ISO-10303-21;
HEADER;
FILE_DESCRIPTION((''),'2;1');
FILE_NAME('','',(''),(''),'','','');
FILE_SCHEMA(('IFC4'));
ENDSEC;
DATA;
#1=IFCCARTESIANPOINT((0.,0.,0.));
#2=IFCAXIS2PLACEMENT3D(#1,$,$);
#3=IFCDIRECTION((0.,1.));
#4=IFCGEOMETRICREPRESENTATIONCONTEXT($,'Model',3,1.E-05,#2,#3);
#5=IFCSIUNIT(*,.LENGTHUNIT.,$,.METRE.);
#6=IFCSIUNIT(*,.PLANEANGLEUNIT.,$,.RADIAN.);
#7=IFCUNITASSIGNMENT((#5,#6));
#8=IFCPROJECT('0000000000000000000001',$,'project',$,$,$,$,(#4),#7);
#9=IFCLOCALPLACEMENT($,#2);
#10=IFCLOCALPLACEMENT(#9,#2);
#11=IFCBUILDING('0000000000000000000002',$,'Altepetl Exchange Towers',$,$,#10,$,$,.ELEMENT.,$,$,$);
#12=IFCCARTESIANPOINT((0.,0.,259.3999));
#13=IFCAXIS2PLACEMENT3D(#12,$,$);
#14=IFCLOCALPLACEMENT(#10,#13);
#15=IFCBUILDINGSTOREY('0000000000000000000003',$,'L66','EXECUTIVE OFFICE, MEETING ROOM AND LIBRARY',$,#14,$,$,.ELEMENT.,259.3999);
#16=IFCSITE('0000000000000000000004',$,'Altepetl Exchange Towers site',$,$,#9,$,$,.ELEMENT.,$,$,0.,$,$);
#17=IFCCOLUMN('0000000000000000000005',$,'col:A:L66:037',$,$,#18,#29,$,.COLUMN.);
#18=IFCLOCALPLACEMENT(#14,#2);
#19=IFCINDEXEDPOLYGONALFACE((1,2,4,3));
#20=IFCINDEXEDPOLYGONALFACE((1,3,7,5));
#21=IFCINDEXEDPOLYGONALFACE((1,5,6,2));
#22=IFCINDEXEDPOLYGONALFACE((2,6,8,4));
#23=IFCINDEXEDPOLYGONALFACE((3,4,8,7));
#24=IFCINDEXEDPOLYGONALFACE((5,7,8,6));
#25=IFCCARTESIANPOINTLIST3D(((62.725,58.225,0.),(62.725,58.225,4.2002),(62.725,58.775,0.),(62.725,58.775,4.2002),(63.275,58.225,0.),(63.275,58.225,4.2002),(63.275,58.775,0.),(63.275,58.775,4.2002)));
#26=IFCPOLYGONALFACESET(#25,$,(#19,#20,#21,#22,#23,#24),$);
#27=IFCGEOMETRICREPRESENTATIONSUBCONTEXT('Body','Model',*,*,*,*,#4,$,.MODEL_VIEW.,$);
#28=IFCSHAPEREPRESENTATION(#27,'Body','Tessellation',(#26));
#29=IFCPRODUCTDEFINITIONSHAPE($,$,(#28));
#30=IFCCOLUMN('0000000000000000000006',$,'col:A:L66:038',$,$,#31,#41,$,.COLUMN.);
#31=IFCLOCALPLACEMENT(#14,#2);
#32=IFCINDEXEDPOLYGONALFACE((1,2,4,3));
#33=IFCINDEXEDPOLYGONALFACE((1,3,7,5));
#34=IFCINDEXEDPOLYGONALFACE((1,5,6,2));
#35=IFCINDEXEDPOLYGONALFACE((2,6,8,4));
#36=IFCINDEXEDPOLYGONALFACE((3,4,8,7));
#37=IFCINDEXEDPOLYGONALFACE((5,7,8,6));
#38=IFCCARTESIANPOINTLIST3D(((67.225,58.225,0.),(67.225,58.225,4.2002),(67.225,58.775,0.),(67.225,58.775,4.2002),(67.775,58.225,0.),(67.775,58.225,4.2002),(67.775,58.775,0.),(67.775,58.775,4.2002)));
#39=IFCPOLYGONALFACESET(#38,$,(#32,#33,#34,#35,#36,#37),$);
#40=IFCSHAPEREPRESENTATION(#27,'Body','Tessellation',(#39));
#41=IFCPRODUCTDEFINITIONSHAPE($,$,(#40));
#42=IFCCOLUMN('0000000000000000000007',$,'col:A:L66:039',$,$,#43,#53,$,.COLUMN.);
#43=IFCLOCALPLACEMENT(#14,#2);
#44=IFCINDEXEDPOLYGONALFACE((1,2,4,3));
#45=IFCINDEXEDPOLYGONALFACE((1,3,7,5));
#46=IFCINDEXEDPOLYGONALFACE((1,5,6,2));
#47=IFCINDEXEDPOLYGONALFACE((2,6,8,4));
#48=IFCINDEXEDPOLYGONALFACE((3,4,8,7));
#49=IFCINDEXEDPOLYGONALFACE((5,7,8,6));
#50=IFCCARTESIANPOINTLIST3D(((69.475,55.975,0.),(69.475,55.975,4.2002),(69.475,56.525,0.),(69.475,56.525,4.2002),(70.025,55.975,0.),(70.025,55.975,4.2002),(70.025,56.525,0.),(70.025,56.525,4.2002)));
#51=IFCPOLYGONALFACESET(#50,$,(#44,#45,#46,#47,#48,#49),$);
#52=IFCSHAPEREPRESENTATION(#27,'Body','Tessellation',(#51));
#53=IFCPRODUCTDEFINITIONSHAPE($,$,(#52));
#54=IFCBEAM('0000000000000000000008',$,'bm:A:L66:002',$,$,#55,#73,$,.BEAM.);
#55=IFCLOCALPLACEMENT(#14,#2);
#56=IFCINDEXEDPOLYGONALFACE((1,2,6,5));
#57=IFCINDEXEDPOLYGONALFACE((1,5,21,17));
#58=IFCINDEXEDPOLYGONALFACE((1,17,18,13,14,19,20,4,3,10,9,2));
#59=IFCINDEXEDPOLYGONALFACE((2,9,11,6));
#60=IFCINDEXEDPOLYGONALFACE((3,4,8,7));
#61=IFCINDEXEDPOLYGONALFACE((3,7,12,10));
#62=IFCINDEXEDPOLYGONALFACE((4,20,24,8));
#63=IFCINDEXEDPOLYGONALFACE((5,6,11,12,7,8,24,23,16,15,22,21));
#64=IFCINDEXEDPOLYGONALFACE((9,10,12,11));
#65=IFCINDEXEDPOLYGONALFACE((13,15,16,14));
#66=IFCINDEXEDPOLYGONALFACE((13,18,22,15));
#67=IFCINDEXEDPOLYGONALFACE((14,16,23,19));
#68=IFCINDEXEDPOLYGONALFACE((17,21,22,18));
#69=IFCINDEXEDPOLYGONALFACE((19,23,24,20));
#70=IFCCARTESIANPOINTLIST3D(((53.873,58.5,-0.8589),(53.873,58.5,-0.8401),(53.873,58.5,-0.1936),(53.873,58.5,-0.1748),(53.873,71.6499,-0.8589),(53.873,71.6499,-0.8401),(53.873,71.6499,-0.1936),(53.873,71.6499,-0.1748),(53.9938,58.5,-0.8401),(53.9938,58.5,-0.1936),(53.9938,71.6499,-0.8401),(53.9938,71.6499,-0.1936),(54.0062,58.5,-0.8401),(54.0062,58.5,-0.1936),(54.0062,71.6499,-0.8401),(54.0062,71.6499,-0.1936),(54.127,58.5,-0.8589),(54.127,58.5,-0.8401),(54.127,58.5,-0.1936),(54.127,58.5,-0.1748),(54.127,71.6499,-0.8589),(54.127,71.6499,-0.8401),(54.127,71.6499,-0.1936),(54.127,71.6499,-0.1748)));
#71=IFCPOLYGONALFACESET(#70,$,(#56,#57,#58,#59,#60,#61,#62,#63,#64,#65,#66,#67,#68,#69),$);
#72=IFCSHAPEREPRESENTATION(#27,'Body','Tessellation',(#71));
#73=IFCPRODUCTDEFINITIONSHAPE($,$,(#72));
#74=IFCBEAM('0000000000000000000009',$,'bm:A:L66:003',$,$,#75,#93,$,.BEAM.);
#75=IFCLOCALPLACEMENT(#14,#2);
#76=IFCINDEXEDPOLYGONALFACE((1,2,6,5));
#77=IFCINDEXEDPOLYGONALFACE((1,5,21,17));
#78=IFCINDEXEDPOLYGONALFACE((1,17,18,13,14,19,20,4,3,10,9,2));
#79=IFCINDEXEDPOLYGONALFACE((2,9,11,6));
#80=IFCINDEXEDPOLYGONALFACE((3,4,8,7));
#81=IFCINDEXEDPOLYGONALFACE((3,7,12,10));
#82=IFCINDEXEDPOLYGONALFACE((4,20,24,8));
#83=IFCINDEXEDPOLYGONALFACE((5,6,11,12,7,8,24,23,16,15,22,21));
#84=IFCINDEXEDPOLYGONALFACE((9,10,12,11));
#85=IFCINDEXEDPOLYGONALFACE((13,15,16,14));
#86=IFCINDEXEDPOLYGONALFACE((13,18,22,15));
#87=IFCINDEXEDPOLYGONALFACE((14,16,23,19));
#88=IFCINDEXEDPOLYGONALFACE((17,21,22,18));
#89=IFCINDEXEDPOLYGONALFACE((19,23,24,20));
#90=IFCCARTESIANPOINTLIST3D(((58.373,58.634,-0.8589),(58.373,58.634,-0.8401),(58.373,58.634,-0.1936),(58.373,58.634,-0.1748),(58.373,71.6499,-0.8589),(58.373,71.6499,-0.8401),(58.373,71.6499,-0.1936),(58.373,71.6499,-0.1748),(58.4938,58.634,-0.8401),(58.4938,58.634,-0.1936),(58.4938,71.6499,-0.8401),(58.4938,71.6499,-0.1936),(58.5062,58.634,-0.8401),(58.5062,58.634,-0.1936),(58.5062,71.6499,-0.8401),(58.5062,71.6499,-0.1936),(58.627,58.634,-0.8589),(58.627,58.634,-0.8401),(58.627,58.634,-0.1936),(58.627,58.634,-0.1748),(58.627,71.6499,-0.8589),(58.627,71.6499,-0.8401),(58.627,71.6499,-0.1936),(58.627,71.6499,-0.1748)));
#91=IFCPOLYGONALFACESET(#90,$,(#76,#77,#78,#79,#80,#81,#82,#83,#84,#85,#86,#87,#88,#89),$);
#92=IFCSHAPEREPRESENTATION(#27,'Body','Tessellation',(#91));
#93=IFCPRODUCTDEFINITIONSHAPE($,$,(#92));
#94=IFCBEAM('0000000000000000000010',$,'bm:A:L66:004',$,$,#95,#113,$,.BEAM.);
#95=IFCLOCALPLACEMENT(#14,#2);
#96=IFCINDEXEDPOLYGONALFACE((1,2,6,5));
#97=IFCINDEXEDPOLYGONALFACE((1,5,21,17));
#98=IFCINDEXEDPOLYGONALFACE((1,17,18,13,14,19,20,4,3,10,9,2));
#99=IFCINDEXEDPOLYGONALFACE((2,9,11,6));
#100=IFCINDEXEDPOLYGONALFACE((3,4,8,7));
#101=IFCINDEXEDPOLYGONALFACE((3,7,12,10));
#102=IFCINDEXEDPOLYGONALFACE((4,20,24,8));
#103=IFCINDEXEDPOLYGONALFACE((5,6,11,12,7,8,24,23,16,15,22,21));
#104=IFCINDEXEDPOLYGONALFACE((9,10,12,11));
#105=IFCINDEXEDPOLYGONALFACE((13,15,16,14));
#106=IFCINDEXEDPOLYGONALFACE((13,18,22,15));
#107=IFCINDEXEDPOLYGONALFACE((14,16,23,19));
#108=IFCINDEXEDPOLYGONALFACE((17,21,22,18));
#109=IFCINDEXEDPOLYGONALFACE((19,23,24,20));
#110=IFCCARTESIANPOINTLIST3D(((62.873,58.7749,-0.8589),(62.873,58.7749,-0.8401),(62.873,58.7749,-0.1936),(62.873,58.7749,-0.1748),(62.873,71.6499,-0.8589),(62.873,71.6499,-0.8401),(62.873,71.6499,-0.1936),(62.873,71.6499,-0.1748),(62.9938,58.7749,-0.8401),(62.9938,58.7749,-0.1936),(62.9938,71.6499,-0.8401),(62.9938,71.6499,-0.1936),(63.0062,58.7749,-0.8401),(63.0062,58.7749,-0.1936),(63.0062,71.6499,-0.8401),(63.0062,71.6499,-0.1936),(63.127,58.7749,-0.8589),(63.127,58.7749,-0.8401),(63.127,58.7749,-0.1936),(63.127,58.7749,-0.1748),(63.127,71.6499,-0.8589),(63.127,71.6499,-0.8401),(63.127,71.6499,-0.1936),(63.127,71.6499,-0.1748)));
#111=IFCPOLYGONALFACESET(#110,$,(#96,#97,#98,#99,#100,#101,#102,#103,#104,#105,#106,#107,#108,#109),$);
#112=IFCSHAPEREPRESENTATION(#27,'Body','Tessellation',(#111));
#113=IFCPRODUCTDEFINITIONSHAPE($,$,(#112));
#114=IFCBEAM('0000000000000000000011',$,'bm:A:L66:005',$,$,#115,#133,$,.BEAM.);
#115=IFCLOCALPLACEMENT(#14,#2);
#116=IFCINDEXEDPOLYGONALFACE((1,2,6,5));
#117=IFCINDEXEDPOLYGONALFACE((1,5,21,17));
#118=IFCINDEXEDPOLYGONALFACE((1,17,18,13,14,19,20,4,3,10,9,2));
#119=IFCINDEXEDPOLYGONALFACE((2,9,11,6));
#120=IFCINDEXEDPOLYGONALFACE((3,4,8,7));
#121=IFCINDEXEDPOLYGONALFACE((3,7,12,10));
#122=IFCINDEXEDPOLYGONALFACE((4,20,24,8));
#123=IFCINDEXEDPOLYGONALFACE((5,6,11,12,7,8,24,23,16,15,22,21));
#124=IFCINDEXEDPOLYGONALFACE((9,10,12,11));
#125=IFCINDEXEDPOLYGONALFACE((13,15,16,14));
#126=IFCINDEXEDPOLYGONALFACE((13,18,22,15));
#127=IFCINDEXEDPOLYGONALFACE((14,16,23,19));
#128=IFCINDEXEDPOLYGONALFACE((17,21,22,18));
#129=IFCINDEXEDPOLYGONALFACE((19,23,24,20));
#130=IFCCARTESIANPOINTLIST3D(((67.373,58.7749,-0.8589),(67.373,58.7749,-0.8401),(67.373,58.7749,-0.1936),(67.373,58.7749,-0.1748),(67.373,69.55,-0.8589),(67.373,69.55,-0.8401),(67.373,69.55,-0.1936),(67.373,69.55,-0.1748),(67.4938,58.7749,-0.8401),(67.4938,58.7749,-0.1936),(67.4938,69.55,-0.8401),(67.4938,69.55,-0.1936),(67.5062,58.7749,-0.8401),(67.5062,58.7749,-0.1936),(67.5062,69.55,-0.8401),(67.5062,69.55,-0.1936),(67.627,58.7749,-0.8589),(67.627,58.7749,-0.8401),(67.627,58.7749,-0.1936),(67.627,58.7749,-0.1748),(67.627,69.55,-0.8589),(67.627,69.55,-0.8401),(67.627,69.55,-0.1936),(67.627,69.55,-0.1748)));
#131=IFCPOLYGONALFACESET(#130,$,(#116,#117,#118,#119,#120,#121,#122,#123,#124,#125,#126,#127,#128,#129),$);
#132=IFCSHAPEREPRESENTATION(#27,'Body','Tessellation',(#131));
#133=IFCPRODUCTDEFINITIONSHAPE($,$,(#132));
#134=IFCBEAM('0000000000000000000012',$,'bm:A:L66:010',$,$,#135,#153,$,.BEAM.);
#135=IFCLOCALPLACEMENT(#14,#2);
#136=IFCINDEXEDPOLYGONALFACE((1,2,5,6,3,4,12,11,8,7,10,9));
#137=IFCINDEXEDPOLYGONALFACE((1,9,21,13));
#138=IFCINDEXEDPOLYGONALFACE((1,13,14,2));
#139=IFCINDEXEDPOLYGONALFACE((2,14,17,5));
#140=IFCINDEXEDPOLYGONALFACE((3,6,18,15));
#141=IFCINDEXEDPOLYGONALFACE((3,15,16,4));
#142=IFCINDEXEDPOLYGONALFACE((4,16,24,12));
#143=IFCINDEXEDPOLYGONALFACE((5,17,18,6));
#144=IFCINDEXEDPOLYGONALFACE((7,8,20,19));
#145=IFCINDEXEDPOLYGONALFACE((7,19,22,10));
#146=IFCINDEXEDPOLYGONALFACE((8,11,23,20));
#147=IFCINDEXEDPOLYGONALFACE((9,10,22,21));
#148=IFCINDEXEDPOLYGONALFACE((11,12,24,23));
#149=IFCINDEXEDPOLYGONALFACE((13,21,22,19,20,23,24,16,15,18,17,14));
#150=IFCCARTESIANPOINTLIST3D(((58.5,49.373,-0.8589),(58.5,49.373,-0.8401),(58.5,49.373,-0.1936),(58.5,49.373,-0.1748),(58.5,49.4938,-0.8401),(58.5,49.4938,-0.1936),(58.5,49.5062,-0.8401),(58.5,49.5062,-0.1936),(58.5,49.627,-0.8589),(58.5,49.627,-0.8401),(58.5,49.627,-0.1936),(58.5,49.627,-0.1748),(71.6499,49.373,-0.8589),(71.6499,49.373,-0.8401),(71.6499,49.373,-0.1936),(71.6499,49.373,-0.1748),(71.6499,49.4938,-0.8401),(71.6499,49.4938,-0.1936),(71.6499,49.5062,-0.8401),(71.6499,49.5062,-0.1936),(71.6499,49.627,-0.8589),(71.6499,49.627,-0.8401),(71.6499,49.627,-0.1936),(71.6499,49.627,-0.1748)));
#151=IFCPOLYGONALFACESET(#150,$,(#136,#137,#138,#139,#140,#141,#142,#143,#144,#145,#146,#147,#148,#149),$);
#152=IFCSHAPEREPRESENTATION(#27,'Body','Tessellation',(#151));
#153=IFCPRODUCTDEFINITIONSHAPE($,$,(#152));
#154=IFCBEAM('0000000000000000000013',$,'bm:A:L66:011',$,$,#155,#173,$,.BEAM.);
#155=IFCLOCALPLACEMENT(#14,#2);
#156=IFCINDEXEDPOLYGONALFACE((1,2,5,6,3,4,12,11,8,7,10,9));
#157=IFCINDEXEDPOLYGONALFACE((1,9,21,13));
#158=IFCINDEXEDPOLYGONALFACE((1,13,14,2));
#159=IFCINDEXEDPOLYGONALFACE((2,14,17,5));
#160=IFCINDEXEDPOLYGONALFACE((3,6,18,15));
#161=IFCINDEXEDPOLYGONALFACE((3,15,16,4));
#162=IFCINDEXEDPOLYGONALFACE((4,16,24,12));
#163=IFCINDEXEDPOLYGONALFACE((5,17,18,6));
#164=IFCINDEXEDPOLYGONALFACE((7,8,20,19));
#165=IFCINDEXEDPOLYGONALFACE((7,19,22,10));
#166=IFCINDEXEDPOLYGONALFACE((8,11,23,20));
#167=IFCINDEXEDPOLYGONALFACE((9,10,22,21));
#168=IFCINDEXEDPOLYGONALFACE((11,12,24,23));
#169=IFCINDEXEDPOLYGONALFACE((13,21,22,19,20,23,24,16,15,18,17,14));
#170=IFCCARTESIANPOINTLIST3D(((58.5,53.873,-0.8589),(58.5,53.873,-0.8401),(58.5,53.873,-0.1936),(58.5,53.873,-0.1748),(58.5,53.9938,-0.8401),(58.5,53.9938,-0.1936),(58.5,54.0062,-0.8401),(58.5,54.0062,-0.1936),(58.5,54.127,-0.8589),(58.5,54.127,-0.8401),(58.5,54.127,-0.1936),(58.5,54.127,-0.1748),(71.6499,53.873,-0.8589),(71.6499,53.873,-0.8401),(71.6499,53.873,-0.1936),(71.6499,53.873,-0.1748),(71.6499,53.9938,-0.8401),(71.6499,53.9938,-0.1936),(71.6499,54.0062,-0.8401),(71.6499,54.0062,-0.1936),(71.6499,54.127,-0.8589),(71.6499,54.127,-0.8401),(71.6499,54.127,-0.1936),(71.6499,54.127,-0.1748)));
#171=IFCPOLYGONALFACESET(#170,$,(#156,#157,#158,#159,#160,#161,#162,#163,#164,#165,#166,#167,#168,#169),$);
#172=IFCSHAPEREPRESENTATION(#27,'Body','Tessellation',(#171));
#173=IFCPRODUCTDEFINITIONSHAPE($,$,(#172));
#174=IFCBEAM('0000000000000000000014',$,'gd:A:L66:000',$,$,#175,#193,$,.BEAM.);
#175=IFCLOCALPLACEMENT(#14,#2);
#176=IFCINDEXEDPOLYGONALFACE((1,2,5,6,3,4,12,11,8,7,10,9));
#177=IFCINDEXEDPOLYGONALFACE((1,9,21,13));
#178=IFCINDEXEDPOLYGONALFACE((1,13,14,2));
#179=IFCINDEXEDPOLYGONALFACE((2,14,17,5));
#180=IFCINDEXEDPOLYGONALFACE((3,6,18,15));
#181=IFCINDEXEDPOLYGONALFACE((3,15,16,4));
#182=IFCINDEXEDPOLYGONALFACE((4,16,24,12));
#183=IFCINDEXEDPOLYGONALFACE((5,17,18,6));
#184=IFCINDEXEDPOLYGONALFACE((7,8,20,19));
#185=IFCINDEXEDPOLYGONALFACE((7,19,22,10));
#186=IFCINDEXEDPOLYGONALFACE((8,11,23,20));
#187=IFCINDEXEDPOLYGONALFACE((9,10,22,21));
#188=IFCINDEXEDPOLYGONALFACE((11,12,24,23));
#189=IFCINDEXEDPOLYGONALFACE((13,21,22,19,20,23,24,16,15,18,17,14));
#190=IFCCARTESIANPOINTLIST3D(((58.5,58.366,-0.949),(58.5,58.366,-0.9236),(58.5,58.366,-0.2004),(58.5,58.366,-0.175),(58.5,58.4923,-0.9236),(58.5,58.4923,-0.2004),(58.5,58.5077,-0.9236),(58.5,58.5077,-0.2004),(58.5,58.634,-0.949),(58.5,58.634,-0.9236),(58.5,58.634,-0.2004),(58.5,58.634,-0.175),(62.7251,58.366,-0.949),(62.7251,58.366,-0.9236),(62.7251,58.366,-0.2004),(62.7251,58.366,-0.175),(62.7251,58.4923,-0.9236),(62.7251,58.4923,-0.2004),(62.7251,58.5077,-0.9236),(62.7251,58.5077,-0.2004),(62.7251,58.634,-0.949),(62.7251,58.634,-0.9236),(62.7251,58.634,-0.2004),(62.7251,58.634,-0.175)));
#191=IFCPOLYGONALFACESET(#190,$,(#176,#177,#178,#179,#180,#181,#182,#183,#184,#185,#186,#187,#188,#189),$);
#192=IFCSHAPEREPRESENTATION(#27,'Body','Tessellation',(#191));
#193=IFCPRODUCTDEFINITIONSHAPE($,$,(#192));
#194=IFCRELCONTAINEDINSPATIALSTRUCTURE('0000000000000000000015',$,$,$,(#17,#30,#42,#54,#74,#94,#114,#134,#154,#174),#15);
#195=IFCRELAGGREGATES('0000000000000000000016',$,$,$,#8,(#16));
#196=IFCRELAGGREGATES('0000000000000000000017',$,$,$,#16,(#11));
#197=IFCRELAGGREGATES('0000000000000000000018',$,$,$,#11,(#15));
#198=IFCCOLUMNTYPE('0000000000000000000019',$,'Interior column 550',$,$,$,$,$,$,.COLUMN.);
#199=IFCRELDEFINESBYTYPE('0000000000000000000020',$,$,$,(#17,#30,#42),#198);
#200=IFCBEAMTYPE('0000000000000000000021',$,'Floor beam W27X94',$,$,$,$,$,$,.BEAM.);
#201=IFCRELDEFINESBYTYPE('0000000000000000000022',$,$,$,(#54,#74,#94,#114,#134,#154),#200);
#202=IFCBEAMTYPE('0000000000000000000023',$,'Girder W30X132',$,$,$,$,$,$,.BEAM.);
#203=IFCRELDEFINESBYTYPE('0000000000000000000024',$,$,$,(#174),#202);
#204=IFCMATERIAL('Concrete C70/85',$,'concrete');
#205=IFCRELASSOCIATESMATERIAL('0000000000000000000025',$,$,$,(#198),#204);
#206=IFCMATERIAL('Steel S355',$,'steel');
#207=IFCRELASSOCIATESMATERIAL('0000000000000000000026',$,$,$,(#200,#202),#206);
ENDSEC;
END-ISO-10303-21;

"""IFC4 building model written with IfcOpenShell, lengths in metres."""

from ifc_helpers import new_model, si_unit, direction, frame, origin, origin_2d, place, context, subcontext, project, spatial, rectangle, i_section, extrude, material, material_profile, profile_set, type_object, element, save


model = new_model("IFC4")

# Units and contexts
model_context = context("Model", 3, precision=1e-05, world=origin(), true_north=direction((0.0, 1.0)))
body_context = subcontext(model_context, "Body", "Model", "MODEL_VIEW")
ifc_project = project(units=[si_unit("LENGTHUNIT", "METRE"), si_unit("PLANEANGLEUNIT", "RADIAN")], contexts=[model_context])

# Site, building, storey
site_placement = place(None, origin())
site = spatial("IfcSite", under=ifc_project, at=site_placement, Name="Altepetl Exchange Towers site", CompositionType="ELEMENT", RefElevation=0.0)
building_placement = place(site_placement, origin())
building = spatial("IfcBuilding", under=site, at=building_placement, Name="Altepetl Exchange Towers", CompositionType="ELEMENT")
storey_placement = place(building_placement, frame((0.0, 0.0, 259.3999)))
storey = spatial("IfcBuildingStorey", under=building, at=storey_placement, Name="L66", Description="EXECUTIVE OFFICE, MEETING ROOM AND LIBRARY", CompositionType="ELEMENT", Elevation=259.3999)

# Columns
ifc_material_1 = material(Name="Concrete C70/85", Category="concrete")
ifc_material_profile_1 = material_profile(ifc_material_1, rectangle(XDim=0.55, YDim=0.55, at=origin_2d()), Name="550 x 550")
ifc_profile_set_1 = profile_set([ifc_material_profile_1], Name="Concrete C70/85")
column_type = type_object("IfcColumnType", Name="Interior column 550", PredefinedType="COLUMN", material=ifc_profile_set_1)
for number, where, name in (
    (1, (63.0, 58.5, 0.0), "col:A:L66:037"),
    (2, (67.5, 58.5, 0.0), "col:A:L66:038"),
    (3, (69.75, 56.25, 0.0), "col:A:L66:039"),
):
    element("IfcColumn", number, at=place(storey_placement, frame(where)), inside=storey, type_object=column_type, Name=name, PredefinedType="COLUMN", context=body_context, shape_type="SweptSolid", body=[
        extrude(rectangle(XDim=0.55, YDim=0.55, at=origin_2d()), origin(), (0.0, 0.0, 1.0), 4.2002),
    ])

# Beams
ifc_material_2 = material(Name="Steel S355", Category="steel")
ifc_material_profile_2 = material_profile(ifc_material_2, i_section(OverallWidth=0.2539, OverallDepth=0.6841, WebThickness=0.0125, FlangeThickness=0.0188, at=origin_2d()), Name="W27X94")
ifc_profile_set_2 = profile_set([ifc_material_profile_2], Name="Steel S355")
beam_type_1 = type_object("IfcBeamType", Name="Floor beam W27X94", PredefinedType="BEAM", material=ifc_profile_set_2)
beam_1_placement = place(storey_placement, frame((54.0, 58.5, -0.5168), z_axis=(0.0, 1.0, 0.0), x_axis=(-1.0, 0.0, 0.0)))
element("IfcBeam", 4, at=beam_1_placement, inside=storey, type_object=beam_type_1, Name="bm:A:L66:002", PredefinedType="BEAM", context=body_context, shape_type="SweptSolid", body=[
    extrude(i_section(OverallWidth=0.2539, OverallDepth=0.6841, WebThickness=0.0125, FlangeThickness=0.0188, at=origin_2d()), origin(), (0.0, 0.0, 1.0), 13.1499),
])
beam_2_placement = place(storey_placement, frame((58.5, 58.634, -0.5168), z_axis=(0.0, 1.0, 0.0), x_axis=(-1.0, 0.0, 0.0)))
element("IfcBeam", 5, at=beam_2_placement, inside=storey, type_object=beam_type_1, Name="bm:A:L66:003", PredefinedType="BEAM", context=body_context, shape_type="SweptSolid", body=[
    extrude(i_section(OverallWidth=0.2539, OverallDepth=0.6841, WebThickness=0.0125, FlangeThickness=0.0188, at=origin_2d()), origin(), (0.0, 0.0, 1.0), 13.0159),
])
beam_3_placement = place(storey_placement, frame((63.0, 58.7749, -0.5168), z_axis=(0.0, 1.0, 0.0), x_axis=(-1.0, 0.0, 0.0)))
element("IfcBeam", 6, at=beam_3_placement, inside=storey, type_object=beam_type_1, Name="bm:A:L66:004", PredefinedType="BEAM", context=body_context, shape_type="SweptSolid", body=[
    extrude(i_section(OverallWidth=0.2539, OverallDepth=0.6841, WebThickness=0.0125, FlangeThickness=0.0188, at=origin_2d()), origin(), (0.0, 0.0, 1.0), 12.875),
])
beam_4_placement = place(storey_placement, frame((67.5, 58.7749, -0.5168), z_axis=(0.0, 1.0, 0.0), x_axis=(-1.0, 0.0, 0.0)))
element("IfcBeam", 7, at=beam_4_placement, inside=storey, type_object=beam_type_1, Name="bm:A:L66:005", PredefinedType="BEAM", context=body_context, shape_type="SweptSolid", body=[
    extrude(i_section(OverallWidth=0.2539, OverallDepth=0.6841, WebThickness=0.0125, FlangeThickness=0.0188, at=origin_2d()), origin(), (0.0, 0.0, 1.0), 10.7751),
])
for number, where, z_axis, x_axis, name in (
    (8, (58.5, 49.5, -0.5168), (1.0, 0.0, 0.0), (0.0, 1.0, 0.0), "bm:A:L66:010"),
    (9, (58.5, 54.0, -0.5168), (1.0, 0.0, 0.0), (0.0, 1.0, 0.0), "bm:A:L66:011"),
):
    element("IfcBeam", number, at=place(storey_placement, frame(where, z_axis=z_axis, x_axis=x_axis)), inside=storey, type_object=beam_type_1, Name=name, PredefinedType="BEAM", context=body_context, shape_type="SweptSolid", body=[
        extrude(i_section(OverallWidth=0.2539, OverallDepth=0.6841, WebThickness=0.0125, FlangeThickness=0.0188, at=origin_2d()), origin(), (0.0, 0.0, 1.0), 13.1499),
    ])
ifc_material_profile_3 = material_profile(ifc_material_2, i_section(OverallWidth=0.2681, OverallDepth=0.7739, WebThickness=0.0154, FlangeThickness=0.0254, at=origin_2d()), Name="W30X132")
ifc_profile_set_3 = profile_set([ifc_material_profile_3], Name="Steel S355")
beam_type_2 = type_object("IfcBeamType", Name="Girder W30X132", PredefinedType="BEAM", material=ifc_profile_set_3)
beam_5_placement = place(storey_placement, frame((58.5, 58.5, -0.562), z_axis=(1.0, 0.0, 0.0), x_axis=(0.0, 1.0, 0.0)))
element("IfcBeam", 10, at=beam_5_placement, inside=storey, type_object=beam_type_2, Name="gd:A:L66:000", PredefinedType="BEAM", context=body_context, shape_type="SweptSolid", body=[
    extrude(i_section(OverallWidth=0.2681, OverallDepth=0.7739, WebThickness=0.0154, FlangeThickness=0.0254, at=origin_2d()), origin(), (0.0, 0.0, 1.0), 4.2251),
])

save(model, "model.ifc")
